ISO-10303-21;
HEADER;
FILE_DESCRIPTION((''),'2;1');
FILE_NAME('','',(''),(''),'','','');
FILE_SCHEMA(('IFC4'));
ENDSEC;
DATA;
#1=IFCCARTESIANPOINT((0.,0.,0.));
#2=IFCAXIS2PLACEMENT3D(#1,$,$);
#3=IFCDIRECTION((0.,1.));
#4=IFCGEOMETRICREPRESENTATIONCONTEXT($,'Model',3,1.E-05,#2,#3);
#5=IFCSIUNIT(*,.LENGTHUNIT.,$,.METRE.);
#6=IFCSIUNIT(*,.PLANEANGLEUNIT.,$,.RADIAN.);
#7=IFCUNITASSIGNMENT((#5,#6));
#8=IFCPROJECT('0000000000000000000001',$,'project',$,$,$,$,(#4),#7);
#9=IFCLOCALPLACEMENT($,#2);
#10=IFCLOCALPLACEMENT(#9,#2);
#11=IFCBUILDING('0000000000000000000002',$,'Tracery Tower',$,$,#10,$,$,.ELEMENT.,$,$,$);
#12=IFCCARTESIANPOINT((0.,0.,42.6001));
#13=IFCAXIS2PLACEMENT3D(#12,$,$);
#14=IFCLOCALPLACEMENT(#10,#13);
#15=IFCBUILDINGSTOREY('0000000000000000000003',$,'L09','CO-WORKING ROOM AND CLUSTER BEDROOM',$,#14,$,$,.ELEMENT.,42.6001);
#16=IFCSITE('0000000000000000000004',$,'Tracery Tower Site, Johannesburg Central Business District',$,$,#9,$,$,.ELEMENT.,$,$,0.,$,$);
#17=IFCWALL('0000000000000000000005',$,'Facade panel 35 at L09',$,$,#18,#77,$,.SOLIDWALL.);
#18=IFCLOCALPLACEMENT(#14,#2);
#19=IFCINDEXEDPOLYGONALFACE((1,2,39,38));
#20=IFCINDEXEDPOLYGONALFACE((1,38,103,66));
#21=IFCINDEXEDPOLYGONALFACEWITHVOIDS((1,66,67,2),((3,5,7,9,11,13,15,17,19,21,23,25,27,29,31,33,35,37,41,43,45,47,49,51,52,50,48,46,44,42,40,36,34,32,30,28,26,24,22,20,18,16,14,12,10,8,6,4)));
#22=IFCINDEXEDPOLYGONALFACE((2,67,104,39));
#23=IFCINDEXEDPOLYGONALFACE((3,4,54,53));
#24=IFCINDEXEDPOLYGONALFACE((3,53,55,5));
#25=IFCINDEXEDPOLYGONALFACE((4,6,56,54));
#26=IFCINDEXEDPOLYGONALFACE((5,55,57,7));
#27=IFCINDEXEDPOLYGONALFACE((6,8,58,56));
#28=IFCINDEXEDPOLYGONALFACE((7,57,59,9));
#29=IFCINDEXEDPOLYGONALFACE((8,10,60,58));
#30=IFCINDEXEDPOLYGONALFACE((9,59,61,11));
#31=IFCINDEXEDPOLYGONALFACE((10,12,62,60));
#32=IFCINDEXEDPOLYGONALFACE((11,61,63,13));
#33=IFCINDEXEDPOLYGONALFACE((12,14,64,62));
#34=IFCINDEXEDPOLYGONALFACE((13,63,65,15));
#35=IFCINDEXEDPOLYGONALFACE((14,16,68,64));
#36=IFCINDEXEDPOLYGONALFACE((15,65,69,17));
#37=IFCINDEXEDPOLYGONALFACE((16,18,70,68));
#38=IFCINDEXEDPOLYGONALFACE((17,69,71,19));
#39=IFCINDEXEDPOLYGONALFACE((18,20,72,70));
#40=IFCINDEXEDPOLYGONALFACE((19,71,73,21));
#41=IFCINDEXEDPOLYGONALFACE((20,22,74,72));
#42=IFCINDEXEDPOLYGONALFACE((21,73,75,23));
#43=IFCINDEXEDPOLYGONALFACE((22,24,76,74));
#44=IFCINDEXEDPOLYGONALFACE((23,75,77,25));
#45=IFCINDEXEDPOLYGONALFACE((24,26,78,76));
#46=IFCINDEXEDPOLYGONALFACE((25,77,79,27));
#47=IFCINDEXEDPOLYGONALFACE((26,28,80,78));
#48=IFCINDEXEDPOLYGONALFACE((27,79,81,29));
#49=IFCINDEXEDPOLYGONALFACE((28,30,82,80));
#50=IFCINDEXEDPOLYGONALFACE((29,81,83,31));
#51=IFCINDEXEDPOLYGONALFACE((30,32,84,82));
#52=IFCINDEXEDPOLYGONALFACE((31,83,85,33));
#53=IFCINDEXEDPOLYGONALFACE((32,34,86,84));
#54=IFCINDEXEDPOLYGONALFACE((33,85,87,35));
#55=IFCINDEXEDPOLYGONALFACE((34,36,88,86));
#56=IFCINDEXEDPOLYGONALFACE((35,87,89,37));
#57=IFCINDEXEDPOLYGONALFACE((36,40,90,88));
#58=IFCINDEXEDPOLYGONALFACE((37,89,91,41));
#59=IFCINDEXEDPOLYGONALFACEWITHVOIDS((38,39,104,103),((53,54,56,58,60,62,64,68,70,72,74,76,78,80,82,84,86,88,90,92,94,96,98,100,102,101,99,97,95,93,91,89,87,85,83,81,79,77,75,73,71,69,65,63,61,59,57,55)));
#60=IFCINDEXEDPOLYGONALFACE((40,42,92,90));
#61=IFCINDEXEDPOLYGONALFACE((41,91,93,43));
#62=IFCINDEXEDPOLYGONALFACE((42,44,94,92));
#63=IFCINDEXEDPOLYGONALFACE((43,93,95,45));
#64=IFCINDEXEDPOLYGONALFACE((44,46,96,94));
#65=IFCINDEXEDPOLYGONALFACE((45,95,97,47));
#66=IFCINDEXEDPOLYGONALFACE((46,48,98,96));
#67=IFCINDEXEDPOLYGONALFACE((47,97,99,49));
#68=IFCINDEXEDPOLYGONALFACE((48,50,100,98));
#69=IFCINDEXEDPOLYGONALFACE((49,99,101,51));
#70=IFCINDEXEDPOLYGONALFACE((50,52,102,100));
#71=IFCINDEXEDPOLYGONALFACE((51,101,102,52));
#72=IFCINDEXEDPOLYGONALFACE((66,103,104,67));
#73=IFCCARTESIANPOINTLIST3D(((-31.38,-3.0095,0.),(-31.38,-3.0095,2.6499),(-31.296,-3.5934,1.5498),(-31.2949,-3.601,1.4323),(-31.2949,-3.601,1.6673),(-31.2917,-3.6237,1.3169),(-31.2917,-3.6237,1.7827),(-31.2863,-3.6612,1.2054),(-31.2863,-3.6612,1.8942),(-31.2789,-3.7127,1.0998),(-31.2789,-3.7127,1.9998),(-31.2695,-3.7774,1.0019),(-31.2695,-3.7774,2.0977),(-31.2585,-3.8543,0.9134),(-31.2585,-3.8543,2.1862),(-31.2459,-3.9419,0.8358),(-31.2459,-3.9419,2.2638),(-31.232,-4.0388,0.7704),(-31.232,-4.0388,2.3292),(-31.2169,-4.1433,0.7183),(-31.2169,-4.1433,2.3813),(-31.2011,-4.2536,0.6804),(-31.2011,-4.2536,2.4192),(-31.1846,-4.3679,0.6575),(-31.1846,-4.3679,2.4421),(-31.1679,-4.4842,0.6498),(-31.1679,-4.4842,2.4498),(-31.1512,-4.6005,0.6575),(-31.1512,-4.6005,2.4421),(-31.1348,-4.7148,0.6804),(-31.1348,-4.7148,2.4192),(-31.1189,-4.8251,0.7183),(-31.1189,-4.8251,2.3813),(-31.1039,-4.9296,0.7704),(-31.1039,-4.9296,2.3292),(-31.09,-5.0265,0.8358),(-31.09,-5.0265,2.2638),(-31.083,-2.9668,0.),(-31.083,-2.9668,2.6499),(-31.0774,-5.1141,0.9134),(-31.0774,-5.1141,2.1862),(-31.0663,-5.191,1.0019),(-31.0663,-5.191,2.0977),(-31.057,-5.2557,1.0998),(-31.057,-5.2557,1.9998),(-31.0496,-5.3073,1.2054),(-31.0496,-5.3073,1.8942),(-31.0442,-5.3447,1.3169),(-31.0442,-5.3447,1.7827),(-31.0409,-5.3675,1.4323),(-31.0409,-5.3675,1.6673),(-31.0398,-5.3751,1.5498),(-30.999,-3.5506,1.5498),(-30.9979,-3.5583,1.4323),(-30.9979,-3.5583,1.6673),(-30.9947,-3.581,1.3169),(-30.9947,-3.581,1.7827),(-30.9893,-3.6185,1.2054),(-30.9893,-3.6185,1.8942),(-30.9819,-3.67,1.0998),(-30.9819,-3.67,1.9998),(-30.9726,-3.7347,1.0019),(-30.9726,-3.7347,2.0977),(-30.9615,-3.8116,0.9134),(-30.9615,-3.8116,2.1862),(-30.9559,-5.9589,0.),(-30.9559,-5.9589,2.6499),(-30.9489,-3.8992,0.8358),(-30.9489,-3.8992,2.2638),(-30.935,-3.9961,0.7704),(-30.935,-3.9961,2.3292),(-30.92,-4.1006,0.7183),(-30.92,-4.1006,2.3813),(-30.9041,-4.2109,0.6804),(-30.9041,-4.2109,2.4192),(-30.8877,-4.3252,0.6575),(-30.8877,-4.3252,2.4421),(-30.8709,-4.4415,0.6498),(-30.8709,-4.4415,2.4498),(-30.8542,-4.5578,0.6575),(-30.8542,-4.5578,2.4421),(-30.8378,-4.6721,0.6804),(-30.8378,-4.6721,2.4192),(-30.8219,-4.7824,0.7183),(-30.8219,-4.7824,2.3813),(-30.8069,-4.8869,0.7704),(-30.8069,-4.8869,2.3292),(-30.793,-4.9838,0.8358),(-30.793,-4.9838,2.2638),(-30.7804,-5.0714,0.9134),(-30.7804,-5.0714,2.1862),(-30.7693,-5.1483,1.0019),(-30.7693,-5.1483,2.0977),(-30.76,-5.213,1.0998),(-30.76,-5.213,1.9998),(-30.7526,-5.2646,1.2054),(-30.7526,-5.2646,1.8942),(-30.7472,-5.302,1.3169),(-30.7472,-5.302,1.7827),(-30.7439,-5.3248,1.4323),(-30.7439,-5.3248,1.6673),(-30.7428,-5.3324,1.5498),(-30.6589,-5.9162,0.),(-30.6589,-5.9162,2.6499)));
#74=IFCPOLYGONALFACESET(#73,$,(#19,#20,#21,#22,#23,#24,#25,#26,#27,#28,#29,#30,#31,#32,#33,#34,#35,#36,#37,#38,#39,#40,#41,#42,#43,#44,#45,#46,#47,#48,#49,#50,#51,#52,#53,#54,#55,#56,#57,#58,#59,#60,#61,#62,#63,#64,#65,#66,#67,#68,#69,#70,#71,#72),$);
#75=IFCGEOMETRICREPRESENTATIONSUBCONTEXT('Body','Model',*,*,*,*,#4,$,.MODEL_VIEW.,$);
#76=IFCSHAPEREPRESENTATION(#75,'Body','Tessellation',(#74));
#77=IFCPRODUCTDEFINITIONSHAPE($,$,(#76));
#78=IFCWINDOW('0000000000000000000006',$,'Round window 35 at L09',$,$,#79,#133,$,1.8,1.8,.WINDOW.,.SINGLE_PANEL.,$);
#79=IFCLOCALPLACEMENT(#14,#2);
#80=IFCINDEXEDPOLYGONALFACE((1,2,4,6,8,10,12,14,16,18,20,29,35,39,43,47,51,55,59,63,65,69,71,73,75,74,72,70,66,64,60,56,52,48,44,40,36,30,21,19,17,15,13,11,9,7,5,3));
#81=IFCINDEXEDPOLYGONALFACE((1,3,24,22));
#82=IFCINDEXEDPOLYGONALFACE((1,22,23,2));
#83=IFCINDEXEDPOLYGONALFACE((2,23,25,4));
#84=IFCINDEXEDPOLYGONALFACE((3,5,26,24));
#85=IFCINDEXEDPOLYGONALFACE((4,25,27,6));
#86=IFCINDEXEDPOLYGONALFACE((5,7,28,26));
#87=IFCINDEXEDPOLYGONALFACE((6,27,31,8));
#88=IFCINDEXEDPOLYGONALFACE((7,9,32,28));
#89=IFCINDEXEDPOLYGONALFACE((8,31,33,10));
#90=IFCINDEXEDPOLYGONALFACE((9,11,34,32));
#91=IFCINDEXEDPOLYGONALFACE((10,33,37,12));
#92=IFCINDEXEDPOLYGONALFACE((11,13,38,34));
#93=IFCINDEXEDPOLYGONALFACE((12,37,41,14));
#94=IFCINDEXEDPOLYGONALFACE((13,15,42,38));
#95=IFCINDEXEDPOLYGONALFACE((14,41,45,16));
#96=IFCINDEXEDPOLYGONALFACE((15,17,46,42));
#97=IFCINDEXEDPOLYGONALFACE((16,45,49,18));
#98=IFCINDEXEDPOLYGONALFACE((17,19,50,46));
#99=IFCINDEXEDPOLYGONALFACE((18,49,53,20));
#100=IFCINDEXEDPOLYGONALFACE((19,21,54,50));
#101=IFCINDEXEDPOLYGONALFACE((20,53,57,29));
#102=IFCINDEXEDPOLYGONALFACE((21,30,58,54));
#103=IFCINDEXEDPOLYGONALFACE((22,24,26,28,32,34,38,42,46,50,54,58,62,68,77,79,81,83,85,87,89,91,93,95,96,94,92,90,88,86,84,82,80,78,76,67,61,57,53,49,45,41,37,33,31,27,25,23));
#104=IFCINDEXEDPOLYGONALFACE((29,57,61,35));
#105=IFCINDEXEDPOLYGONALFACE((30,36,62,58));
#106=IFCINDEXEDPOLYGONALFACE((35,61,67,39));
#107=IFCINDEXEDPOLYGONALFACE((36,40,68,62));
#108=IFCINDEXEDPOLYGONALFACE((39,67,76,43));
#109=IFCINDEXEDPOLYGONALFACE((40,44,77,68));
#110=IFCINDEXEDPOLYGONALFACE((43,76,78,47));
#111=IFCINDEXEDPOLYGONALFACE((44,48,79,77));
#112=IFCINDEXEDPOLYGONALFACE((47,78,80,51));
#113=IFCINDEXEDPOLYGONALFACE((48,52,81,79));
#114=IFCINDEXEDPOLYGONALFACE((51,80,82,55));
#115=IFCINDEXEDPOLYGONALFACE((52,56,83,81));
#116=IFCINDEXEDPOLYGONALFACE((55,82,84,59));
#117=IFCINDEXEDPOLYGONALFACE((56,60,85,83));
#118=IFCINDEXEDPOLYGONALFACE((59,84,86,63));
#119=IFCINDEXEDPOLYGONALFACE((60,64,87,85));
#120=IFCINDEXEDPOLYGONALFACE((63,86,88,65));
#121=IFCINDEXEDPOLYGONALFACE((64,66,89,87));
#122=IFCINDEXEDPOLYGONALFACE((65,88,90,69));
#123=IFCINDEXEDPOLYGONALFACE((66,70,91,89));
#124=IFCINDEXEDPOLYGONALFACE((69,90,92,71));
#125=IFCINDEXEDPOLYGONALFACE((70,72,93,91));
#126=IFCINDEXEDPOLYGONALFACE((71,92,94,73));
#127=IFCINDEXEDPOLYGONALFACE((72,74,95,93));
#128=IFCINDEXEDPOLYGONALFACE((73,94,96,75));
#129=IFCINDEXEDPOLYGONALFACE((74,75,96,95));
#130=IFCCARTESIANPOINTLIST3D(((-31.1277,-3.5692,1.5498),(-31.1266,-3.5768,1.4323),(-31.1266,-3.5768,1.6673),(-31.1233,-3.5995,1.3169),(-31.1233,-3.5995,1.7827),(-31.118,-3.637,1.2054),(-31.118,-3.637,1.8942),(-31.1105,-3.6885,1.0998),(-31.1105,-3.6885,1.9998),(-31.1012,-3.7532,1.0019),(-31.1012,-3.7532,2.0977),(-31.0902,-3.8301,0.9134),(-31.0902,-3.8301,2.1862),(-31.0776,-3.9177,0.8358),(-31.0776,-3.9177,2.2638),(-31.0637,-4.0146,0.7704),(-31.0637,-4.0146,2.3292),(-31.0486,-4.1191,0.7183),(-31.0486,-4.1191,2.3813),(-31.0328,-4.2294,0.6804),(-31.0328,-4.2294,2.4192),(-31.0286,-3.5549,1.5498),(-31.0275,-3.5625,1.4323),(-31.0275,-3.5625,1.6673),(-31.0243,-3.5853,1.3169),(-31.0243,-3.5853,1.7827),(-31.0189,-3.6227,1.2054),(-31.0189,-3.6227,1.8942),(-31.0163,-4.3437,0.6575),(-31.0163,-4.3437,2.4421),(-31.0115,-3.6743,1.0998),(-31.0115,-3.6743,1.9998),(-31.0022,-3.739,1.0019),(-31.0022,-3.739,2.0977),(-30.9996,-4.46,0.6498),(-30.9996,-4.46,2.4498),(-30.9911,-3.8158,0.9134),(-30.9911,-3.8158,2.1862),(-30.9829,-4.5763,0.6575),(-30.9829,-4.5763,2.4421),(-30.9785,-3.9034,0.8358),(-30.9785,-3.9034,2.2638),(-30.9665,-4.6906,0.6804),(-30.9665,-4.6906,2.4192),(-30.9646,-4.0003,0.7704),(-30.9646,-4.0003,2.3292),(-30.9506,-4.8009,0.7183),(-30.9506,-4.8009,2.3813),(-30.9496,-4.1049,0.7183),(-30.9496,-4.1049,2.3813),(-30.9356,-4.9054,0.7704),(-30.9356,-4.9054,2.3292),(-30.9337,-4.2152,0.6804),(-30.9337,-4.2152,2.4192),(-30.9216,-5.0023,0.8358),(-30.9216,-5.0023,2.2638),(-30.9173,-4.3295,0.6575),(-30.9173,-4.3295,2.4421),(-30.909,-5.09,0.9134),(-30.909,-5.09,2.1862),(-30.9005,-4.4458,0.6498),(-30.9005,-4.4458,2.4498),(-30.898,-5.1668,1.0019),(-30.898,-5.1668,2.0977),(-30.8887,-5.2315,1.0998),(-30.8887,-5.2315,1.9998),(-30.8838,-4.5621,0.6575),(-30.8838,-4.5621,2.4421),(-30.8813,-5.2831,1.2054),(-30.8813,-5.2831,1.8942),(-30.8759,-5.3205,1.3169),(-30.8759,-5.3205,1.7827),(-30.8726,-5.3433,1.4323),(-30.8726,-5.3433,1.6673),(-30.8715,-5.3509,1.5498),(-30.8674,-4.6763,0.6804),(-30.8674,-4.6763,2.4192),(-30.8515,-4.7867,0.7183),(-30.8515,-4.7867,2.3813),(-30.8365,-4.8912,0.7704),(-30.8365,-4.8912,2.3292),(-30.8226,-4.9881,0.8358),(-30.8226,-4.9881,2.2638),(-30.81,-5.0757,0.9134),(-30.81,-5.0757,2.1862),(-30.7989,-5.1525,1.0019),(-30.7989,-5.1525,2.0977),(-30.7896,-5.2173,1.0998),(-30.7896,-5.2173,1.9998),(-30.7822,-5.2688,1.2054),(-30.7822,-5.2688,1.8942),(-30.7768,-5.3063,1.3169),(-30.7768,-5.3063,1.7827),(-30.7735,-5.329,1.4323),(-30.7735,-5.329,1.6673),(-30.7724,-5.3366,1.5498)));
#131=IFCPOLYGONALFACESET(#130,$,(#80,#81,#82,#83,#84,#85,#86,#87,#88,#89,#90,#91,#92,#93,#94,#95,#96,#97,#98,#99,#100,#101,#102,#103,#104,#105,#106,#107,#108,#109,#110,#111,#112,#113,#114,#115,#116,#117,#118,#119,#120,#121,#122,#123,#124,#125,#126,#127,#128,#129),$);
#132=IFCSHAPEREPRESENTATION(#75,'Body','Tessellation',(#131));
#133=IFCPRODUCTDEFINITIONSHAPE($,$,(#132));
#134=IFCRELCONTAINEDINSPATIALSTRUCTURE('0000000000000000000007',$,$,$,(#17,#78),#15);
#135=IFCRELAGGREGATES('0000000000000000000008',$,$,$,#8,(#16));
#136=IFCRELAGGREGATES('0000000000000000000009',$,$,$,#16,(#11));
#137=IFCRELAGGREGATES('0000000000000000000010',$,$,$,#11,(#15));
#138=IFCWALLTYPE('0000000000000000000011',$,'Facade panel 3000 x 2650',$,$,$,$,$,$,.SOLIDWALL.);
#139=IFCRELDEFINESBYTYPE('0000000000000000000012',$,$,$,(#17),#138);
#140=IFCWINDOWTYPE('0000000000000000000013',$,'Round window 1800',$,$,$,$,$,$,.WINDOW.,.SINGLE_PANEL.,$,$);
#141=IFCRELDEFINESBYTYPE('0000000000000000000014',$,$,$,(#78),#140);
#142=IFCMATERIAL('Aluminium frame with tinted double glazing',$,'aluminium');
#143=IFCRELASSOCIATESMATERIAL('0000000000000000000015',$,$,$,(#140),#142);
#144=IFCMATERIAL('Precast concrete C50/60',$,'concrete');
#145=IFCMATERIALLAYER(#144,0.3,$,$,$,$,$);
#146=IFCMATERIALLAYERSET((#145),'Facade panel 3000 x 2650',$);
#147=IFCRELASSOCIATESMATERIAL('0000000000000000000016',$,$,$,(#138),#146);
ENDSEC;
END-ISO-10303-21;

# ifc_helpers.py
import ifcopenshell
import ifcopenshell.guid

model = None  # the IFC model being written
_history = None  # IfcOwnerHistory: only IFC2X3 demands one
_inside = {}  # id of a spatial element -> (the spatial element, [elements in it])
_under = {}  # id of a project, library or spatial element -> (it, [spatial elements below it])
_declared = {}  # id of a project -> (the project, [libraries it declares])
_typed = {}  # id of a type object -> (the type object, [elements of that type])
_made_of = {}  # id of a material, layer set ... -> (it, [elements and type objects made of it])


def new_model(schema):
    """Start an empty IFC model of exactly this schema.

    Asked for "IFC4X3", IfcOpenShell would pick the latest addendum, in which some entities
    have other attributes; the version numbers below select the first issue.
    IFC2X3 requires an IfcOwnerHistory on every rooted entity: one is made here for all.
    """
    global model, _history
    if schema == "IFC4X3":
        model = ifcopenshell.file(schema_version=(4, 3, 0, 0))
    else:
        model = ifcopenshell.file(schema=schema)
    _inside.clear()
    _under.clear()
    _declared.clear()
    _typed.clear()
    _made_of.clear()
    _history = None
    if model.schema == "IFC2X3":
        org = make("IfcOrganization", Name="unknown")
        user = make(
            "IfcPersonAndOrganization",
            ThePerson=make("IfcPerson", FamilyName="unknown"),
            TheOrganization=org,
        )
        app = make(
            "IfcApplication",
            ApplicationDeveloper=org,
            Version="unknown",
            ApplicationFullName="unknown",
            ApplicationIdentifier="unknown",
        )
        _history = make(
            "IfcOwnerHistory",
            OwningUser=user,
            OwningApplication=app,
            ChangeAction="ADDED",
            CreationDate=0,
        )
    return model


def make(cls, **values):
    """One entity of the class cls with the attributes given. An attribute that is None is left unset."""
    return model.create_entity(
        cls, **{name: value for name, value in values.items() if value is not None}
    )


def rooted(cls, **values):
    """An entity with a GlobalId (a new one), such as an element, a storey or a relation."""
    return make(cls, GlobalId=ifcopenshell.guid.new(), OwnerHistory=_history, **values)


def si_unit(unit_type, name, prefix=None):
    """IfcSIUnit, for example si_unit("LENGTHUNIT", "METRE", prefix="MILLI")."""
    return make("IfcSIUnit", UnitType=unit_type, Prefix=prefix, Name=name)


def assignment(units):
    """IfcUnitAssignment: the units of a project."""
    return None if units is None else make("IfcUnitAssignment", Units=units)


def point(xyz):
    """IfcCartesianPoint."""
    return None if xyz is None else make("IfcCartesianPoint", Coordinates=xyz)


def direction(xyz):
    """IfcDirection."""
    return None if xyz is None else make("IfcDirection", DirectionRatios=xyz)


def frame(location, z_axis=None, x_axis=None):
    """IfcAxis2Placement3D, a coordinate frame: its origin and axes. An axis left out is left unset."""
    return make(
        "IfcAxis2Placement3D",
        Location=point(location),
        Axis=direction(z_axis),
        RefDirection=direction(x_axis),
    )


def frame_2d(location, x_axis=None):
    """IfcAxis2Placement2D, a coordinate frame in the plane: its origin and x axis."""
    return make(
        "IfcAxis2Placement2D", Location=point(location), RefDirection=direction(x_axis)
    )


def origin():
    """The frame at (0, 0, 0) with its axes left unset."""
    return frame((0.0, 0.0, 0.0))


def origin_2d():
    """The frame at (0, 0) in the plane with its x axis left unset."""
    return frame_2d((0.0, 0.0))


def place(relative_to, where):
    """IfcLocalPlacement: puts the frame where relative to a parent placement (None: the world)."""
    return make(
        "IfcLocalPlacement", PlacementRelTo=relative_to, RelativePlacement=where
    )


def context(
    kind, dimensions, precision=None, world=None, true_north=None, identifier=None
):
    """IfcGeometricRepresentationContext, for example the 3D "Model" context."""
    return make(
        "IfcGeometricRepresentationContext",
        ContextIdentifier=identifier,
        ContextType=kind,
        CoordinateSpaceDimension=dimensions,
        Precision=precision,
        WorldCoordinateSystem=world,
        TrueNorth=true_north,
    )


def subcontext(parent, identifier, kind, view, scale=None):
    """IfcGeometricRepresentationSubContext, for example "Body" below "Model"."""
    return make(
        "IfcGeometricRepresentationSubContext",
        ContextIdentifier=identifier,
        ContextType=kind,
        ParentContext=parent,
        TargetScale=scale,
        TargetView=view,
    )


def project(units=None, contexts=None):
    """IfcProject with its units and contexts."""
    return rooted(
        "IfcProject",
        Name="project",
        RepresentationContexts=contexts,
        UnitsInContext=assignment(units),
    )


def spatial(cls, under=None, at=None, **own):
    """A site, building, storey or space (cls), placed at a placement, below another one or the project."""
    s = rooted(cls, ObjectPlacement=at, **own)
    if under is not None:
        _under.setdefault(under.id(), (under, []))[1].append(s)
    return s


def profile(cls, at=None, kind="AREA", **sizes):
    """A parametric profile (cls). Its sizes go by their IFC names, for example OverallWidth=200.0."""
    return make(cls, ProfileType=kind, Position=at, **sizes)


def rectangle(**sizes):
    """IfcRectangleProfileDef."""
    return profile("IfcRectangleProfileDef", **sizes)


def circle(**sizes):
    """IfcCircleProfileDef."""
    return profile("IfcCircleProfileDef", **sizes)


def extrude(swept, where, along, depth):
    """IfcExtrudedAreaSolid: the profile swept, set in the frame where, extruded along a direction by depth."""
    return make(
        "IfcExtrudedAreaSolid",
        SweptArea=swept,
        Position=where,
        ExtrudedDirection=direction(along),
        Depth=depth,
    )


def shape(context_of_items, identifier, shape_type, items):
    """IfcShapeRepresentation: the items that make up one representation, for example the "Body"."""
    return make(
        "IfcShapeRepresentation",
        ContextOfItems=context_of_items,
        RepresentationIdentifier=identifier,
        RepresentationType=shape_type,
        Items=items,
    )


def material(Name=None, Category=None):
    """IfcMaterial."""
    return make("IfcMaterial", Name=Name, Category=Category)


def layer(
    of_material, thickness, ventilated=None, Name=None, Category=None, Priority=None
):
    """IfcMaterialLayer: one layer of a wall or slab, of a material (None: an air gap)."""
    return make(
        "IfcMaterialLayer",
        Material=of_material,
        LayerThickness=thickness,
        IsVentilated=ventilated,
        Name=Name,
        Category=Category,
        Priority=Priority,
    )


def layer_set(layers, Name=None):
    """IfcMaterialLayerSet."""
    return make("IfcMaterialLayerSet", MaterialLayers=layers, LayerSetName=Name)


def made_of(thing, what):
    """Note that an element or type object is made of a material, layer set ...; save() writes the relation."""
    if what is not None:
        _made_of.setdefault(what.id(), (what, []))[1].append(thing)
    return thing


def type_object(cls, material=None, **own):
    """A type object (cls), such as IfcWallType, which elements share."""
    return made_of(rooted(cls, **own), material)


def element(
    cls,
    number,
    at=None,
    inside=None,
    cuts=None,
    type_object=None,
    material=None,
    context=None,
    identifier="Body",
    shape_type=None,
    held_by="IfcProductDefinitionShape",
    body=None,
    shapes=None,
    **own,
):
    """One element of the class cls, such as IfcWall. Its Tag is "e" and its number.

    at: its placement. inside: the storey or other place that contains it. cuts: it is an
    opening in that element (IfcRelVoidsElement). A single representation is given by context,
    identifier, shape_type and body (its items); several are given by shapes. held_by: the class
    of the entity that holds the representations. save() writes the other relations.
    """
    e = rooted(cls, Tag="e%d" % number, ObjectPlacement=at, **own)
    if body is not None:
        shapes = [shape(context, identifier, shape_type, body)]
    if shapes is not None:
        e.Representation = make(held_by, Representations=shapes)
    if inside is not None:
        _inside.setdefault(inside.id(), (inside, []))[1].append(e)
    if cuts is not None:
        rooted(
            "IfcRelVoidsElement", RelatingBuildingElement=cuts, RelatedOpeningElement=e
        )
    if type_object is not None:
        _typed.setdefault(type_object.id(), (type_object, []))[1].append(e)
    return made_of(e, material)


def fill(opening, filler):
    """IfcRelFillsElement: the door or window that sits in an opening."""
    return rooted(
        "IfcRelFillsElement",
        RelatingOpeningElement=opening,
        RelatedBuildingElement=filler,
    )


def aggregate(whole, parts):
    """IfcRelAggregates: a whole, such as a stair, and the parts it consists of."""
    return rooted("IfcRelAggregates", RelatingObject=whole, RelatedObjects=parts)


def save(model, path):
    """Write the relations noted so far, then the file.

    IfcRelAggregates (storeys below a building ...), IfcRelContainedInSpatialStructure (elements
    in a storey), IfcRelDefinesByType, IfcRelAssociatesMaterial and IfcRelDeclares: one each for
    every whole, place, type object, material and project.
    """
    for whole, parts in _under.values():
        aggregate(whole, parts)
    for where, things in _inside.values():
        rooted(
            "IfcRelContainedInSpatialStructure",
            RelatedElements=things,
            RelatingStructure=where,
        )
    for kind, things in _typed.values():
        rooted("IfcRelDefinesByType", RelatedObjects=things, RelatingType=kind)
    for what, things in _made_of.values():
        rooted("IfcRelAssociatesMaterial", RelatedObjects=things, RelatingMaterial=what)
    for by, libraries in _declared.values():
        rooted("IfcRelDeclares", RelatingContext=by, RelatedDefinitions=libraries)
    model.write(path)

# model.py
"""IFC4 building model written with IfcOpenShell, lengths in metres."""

from ifc_helpers import new_model, si_unit, direction, frame, frame_2d, origin, origin_2d, place, context, subcontext, project, spatial, rectangle, circle, extrude, material, layer, layer_set, type_object, element, fill, save


model = new_model("IFC4")

# Units and contexts
model_context = context("Model", 3, precision=1e-05, world=origin(), true_north=direction((0.0, 1.0)))
body_context = subcontext(model_context, "Body", "Model", "MODEL_VIEW")
ifc_project = project(units=[si_unit("LENGTHUNIT", "METRE"), si_unit("PLANEANGLEUNIT", "RADIAN")], contexts=[model_context])

# Site, building, storey
site_placement = place(None, origin())
site = spatial("IfcSite", under=ifc_project, at=site_placement, Name="Tracery Tower Site, Johannesburg Central Business District", CompositionType="ELEMENT", RefElevation=0.0)
building_placement = place(site_placement, origin())
building = spatial("IfcBuilding", under=site, at=building_placement, Name="Tracery Tower", CompositionType="ELEMENT")
storey_placement = place(building_placement, frame((0.0, 0.0, 42.6001)))
storey = spatial("IfcBuildingStorey", under=building, at=storey_placement, Name="L09", Description="CO-WORKING ROOM AND CLUSTER BEDROOM", CompositionType="ELEMENT", Elevation=42.6001)

# Wall, opening, window
ifc_material_1 = material(Name="Aluminium frame with tinted double glazing", Category="aluminium")
window_type = type_object("IfcWindowType", Name="Round window 1800", PartitioningType="SINGLE_PANEL", PredefinedType="WINDOW", material=ifc_material_1)
ifc_material_2 = material(Name="Precast concrete C50/60", Category="concrete")
ifc_layer_1 = layer(ifc_material_2, 0.3)
ifc_layer_set_1 = layer_set([ifc_layer_1], Name="Facade panel 3000 x 2650")
wall_type_1 = type_object("IfcWallType", Name="Facade panel 3000 x 2650", PredefinedType="SOLIDWALL", material=ifc_layer_set_1)
wall_1_placement = place(storey_placement, frame((-31.2314, -2.9883, 0.0), z_axis=(0.0, 0.0, 1.0), x_axis=(0.142316, -0.989821, 0.0)))
wall_1 = element("IfcWall", 1, at=wall_1_placement, inside=storey, type_object=wall_type_1, Name="Facade panel 35 at L09", PredefinedType="SOLIDWALL", context=body_context, shape_type="SweptSolid", body=[
    extrude(rectangle(XDim=2.9797, YDim=0.3, at=frame_2d((1.4897, 0.0))), origin(), (0.0, 0.0, 1.0), 2.6499),
])
opening_1_placement = place(wall_1_placement, frame((1.4897, 0.0, 1.5498)))
opening_1 = element("IfcOpeningElement", 2, at=opening_1_placement, cuts=wall_1, PredefinedType="OPENING", context=body_context, shape_type="SweptSolid", body=[
    extrude(circle(Radius=0.9, at=origin_2d()), frame((0.0, 0.1599, 0.0), z_axis=(0.0, -1.0, 0.0), x_axis=(1.0, 0.0, 0.0)), (0.0, 0.0, 1.0), 0.3201),
])
window_1_placement = place(opening_1_placement, origin())
window_1 = element("IfcWindow", 3, at=window_1_placement, inside=storey, type_object=window_type, Name="Round window 35 at L09", OverallHeight=1.8, OverallWidth=1.8, PartitioningType="SINGLE_PANEL", PredefinedType="WINDOW", context=body_context, shape_type="SweptSolid", body=[
    extrude(circle(Radius=0.9, at=origin_2d()), frame((0.0, 0.1201, 0.0), z_axis=(0.0, -1.0, 0.0), x_axis=(1.0, 0.0, 0.0)), (0.0, 0.0, 1.0), 0.1001),
])
fill(opening_1, window_1)

save(model, "model.ifc")
